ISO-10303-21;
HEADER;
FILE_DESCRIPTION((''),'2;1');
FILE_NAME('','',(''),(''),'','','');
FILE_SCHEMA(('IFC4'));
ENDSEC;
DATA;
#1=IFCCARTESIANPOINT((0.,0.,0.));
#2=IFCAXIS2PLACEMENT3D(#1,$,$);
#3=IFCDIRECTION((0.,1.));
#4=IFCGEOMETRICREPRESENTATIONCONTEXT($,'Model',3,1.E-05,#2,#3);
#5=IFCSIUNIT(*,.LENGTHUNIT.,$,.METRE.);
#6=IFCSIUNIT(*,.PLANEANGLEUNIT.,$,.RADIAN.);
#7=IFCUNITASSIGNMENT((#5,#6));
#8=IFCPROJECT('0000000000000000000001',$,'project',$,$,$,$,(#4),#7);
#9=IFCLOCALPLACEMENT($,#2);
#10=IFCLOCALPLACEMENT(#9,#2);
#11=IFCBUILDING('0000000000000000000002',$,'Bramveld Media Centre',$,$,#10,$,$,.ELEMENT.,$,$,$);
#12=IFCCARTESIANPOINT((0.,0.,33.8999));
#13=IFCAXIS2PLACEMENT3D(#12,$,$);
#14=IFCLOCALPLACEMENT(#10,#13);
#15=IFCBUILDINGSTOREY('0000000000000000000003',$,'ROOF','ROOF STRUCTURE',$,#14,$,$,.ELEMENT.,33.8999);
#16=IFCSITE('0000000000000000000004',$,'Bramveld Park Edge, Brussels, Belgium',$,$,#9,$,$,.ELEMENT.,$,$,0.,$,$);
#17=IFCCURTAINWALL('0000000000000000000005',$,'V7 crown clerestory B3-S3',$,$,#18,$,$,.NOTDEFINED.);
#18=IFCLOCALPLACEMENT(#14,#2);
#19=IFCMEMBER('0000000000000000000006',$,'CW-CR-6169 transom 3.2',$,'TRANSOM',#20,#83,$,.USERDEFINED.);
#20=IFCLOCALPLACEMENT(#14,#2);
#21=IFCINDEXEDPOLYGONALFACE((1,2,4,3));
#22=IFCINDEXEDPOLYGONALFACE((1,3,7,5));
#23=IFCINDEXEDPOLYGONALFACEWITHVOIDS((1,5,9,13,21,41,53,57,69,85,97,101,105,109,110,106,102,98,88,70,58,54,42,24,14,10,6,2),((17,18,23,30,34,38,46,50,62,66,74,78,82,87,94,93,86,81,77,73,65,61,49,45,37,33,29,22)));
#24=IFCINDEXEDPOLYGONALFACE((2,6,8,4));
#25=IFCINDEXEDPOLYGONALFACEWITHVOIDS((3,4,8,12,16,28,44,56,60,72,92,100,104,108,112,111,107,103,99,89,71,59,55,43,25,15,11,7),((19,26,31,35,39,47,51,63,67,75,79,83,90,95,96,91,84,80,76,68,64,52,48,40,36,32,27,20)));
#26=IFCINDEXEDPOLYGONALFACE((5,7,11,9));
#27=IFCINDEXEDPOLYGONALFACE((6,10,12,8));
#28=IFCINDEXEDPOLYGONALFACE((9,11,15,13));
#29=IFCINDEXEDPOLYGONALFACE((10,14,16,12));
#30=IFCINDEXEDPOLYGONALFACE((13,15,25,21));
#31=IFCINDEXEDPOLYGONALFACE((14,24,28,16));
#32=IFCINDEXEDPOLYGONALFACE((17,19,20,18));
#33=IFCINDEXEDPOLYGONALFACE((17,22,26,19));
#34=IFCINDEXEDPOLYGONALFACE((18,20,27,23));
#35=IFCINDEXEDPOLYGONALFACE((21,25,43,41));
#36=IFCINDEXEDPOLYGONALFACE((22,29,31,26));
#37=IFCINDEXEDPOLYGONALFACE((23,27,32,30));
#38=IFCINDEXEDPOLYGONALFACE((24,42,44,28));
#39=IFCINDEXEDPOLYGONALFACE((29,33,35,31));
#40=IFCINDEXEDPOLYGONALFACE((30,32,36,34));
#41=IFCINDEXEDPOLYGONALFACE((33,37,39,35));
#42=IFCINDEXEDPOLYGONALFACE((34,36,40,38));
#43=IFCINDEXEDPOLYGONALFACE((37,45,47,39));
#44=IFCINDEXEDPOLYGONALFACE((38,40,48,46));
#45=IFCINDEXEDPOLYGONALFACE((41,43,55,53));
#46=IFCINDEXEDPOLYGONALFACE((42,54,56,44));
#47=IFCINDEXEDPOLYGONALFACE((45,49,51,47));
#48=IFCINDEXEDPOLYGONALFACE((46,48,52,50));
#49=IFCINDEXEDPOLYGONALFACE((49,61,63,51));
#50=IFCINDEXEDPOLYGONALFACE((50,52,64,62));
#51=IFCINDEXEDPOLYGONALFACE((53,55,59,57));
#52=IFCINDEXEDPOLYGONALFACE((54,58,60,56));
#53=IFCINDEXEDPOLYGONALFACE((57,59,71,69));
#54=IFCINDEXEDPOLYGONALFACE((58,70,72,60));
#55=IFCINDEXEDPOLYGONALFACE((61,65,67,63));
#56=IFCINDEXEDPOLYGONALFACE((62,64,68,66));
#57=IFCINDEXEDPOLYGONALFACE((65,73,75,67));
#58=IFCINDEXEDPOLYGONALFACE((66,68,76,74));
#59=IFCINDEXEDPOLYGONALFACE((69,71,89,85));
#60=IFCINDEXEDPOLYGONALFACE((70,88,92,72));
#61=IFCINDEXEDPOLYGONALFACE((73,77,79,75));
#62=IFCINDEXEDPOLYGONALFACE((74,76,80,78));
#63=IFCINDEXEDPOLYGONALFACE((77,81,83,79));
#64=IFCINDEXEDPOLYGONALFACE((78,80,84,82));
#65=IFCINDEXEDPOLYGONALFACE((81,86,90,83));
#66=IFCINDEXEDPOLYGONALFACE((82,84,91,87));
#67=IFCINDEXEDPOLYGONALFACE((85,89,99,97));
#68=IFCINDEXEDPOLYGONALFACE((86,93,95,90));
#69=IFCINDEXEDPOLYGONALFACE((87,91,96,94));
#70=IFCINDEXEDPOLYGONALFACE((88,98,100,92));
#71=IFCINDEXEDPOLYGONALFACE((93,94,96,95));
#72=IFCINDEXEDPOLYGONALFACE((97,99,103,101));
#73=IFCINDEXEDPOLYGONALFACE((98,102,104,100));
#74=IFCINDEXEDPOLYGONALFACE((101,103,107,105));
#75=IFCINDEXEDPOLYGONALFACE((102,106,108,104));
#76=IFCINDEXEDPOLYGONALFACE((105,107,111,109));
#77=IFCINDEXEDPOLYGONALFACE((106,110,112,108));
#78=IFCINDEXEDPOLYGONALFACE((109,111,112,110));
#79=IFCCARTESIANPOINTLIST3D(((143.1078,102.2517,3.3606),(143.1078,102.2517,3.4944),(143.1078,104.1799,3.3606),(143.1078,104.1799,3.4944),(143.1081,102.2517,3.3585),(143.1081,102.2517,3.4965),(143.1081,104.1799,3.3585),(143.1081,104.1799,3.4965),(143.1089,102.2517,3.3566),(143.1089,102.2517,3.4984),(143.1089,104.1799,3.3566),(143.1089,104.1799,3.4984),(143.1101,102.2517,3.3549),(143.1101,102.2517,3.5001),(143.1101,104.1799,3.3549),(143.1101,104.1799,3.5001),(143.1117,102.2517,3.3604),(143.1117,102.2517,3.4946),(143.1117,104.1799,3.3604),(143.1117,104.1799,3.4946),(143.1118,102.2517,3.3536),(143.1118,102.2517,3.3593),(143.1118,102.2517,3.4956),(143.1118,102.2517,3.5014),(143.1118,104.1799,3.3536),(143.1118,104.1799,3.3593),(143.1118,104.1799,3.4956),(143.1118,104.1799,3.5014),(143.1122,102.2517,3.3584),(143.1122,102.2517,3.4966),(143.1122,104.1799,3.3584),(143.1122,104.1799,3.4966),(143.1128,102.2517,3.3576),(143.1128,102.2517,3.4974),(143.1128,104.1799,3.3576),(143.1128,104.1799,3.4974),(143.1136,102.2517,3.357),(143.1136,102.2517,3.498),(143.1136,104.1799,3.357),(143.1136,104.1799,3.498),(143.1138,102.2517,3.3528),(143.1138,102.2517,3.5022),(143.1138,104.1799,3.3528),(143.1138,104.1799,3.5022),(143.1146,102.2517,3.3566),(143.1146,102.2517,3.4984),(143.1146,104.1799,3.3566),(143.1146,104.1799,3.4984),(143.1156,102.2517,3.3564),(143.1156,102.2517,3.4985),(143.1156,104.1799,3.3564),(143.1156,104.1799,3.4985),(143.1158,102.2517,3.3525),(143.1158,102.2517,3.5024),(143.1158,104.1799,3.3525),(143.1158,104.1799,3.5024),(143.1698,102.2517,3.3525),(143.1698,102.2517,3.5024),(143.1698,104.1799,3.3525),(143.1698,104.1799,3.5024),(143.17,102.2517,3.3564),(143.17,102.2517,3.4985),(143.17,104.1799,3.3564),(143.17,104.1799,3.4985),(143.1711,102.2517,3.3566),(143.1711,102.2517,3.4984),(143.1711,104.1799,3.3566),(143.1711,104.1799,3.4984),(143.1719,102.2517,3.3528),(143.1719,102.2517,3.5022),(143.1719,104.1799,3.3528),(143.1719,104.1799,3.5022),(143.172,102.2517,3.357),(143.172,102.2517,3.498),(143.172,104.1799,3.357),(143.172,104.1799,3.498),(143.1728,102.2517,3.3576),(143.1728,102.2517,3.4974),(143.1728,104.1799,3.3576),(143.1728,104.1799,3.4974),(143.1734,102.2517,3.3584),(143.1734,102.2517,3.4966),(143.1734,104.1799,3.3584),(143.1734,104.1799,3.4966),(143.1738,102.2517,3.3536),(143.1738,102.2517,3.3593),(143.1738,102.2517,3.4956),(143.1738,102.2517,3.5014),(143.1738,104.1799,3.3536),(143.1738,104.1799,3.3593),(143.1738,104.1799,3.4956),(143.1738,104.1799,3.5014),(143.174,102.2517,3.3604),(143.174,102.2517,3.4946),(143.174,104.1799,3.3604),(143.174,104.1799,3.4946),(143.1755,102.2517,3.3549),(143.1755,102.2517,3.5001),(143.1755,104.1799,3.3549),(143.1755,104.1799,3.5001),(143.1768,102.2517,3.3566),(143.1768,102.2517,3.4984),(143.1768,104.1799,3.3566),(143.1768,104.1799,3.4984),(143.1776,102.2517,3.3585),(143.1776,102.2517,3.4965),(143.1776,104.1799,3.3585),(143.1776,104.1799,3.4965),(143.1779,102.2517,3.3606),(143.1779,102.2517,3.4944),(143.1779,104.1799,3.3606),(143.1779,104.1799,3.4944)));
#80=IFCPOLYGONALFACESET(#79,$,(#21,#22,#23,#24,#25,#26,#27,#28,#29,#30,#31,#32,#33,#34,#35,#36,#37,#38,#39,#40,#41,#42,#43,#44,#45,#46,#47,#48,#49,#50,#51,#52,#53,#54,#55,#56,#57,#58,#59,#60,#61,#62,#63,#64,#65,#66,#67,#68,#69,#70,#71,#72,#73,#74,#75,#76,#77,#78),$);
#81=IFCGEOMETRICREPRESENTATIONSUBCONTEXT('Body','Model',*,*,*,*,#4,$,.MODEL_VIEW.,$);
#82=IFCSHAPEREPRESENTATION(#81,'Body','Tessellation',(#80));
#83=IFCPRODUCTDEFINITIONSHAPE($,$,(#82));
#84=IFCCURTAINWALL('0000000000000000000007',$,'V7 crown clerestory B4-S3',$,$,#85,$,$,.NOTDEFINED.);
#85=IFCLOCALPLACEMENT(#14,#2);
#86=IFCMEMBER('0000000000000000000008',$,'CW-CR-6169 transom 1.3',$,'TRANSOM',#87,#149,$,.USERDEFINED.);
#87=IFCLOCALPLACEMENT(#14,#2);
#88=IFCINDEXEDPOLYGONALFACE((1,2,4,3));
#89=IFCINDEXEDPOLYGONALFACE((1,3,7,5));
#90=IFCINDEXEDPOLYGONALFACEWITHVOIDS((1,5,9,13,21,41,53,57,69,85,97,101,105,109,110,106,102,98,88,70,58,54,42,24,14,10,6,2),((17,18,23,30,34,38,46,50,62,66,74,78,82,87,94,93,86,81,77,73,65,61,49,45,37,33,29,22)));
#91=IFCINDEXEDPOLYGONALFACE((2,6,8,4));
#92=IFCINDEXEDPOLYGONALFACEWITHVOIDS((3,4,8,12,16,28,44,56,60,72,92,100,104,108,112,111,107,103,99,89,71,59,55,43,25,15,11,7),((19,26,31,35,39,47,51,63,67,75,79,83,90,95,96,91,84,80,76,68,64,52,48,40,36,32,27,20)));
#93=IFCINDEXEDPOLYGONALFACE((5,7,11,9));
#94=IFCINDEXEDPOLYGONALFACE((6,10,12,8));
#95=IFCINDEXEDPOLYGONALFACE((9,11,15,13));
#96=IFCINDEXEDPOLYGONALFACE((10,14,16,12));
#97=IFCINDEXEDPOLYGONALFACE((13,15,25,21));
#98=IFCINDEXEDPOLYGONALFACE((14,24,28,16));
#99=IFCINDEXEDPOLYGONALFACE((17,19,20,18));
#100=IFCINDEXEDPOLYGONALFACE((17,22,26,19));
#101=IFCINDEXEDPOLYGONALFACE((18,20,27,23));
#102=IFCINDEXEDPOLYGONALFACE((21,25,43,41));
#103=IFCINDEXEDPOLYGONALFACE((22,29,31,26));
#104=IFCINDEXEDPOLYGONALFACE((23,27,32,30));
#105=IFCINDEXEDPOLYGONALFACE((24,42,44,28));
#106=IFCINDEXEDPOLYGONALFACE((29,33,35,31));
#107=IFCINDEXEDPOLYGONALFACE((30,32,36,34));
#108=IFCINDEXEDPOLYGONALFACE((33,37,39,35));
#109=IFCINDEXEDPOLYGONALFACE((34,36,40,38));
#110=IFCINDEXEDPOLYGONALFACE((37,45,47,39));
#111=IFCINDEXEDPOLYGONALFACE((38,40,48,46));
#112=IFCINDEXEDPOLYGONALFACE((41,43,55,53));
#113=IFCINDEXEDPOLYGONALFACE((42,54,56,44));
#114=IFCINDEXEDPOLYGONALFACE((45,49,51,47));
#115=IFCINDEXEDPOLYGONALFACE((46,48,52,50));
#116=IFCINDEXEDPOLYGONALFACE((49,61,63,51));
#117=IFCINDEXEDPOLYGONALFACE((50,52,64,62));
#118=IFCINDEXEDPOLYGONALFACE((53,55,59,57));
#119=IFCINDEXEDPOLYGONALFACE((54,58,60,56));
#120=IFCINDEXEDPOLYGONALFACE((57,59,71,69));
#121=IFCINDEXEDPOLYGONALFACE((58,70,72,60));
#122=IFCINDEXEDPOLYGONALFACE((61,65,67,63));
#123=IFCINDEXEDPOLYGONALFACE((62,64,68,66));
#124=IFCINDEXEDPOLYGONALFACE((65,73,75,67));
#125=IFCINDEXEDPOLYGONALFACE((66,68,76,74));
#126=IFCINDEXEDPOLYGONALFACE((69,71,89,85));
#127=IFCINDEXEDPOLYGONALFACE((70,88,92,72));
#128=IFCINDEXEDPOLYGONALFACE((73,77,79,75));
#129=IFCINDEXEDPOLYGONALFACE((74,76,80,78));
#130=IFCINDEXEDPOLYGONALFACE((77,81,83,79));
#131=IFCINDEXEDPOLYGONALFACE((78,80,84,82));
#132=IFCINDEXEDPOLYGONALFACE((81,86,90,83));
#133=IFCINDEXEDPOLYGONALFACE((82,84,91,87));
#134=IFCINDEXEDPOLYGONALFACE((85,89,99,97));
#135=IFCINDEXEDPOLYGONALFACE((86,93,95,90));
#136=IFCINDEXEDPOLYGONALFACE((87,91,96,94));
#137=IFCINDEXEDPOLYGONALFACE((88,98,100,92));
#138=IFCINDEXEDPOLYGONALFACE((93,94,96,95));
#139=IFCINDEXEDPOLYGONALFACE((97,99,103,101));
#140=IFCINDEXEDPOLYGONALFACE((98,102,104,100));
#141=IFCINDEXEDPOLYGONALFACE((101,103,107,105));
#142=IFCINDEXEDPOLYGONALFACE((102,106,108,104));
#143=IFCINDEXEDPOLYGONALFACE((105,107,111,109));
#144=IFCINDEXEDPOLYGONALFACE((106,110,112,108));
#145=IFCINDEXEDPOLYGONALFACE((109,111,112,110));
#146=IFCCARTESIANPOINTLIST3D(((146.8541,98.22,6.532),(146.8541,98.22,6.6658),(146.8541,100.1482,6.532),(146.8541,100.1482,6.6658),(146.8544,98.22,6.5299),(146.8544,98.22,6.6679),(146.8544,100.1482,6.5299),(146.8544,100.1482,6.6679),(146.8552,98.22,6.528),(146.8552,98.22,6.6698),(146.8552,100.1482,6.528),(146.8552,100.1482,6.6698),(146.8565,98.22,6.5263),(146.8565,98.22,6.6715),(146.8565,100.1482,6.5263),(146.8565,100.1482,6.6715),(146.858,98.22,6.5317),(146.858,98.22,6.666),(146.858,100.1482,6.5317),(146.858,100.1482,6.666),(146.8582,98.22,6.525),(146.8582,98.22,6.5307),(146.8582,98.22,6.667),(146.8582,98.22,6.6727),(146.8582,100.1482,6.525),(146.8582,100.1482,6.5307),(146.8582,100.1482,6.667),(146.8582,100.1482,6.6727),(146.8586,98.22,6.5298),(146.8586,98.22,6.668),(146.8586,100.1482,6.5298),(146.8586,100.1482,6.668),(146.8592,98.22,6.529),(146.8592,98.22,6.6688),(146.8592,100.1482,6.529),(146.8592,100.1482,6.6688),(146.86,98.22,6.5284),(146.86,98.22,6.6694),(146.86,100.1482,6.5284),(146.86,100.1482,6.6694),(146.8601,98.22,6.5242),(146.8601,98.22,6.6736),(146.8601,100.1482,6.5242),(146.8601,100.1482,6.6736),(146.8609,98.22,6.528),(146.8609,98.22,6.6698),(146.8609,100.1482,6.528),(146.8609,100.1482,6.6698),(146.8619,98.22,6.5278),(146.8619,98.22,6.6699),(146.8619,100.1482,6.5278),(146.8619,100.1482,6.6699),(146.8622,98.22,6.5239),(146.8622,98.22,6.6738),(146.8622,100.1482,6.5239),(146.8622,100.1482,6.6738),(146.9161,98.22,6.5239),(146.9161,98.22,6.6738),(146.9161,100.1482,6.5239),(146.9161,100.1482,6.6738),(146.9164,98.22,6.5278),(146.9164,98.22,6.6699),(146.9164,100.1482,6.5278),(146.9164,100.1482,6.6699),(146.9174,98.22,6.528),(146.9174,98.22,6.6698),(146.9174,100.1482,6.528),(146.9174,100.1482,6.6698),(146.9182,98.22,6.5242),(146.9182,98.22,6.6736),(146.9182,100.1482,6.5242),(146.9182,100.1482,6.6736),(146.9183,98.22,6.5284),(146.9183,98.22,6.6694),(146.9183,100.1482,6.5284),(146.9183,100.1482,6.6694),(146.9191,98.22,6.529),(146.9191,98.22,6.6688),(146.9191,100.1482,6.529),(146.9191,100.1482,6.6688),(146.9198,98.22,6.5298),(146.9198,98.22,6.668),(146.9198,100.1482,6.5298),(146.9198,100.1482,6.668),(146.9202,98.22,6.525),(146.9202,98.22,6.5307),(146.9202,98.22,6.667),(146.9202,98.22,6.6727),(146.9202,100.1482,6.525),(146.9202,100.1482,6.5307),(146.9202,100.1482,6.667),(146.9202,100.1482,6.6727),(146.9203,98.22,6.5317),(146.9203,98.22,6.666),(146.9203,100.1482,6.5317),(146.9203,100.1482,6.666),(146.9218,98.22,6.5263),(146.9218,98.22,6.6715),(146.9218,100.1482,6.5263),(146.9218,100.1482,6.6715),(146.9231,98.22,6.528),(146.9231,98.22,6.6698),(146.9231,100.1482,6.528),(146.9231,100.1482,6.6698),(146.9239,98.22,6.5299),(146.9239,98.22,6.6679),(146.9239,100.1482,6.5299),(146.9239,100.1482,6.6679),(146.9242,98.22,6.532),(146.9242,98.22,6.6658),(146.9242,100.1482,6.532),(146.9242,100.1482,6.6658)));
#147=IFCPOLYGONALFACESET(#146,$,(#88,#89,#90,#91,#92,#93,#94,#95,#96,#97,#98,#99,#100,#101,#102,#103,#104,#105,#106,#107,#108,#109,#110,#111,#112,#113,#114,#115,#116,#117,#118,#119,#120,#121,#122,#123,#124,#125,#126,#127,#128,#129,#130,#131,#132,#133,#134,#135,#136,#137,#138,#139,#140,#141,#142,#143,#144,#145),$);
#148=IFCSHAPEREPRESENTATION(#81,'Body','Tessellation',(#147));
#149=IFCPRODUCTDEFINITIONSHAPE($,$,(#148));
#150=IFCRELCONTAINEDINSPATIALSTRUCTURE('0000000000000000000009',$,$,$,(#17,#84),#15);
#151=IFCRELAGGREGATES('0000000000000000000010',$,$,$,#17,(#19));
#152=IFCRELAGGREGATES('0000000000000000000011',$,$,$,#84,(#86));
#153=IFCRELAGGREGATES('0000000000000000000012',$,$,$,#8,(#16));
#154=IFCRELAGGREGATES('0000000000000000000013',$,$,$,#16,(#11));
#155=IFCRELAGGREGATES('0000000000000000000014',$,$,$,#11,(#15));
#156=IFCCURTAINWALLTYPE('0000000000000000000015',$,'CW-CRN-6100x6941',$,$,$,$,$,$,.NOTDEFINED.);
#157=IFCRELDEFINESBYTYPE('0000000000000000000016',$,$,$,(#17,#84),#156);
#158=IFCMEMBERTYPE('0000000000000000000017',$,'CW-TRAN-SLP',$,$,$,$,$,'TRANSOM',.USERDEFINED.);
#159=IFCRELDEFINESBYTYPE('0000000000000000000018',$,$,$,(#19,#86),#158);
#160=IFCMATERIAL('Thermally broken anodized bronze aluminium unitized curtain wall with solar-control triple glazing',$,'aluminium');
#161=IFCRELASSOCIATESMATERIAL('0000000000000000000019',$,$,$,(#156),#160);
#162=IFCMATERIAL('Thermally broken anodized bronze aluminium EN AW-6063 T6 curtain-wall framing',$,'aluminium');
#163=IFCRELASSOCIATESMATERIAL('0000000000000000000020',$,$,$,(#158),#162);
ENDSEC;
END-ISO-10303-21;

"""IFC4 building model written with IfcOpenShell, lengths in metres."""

from ifc_helpers import new_model, si_unit, direction, frame, origin, origin_2d, place, context, subcontext, project, spatial, hollow_rectangle, extrude, material, material_profile, profile_set, type_object, element, aggregate, save


model = new_model("IFC4")

# Units and contexts
model_context = context("Model", 3, precision=1e-05, world=origin(), true_north=direction((0.0, 1.0)))
body_context = subcontext(model_context, "Body", "Model", "MODEL_VIEW")
ifc_project = project(units=[si_unit("LENGTHUNIT", "METRE"), si_unit("PLANEANGLEUNIT", "RADIAN")], contexts=[model_context])

# Site, building, storey
site_placement = place(None, origin())
site = spatial("IfcSite", under=ifc_project, at=site_placement, Name="Bramveld Park Edge, Brussels, Belgium", CompositionType="ELEMENT", RefElevation=0.0)
building_placement = place(site_placement, origin())
building = spatial("IfcBuilding", under=site, at=building_placement, Name="Bramveld Media Centre", CompositionType="ELEMENT")
storey_placement = place(building_placement, frame((0.0, 0.0, 33.8999)))
storey = spatial("IfcBuildingStorey", under=building, at=storey_placement, Name="ROOF", Description="ROOF STRUCTURE", CompositionType="ELEMENT", Elevation=33.8999)

# Curtain walls, members
ifc_material_1 = material(Name="Thermally broken anodized bronze aluminium unitized curtain wall with solar-control triple glazing", Category="aluminium")
curtain_wall_type = type_object("IfcCurtainWallType", Name="CW-CRN-6100x6941", PredefinedType="NOTDEFINED", material=ifc_material_1)
curtain_wall_1_placement = place(storey_placement, origin())
curtain_wall_1 = element("IfcCurtainWall", 1, at=curtain_wall_1_placement, inside=storey, type_object=curtain_wall_type, Name="V7 crown clerestory B3-S3", PredefinedType="NOTDEFINED")
ifc_material_2 = material(Name="Thermally broken anodized bronze aluminium EN AW-6063 T6 curtain-wall framing", Category="aluminium")
ifc_material_profile_1 = material_profile(ifc_material_2, hollow_rectangle(XDim=0.0701, YDim=0.1499, WallThickness=0.0039, InnerFilletRadius=0.0039, OuterFilletRadius=0.0081, at=origin_2d()), Name="AL-TRAN 70x150")
ifc_profile_set_1 = profile_set([ifc_material_profile_1], Name="Thermally broken anodized bronze aluminium EN AW-6063 T6 curtain-wall framing")
member_type_1 = type_object("IfcMemberType", Name="CW-TRAN-SLP", ElementType="TRANSOM", PredefinedType="USERDEFINED", material=ifc_profile_set_1)
member_1_placement = place(storey_placement, frame((143.1428, 102.2517, 3.4275), z_axis=(0.0, 1.0, 0.0), x_axis=(-1.0, 0.0, 0.0)))
member_1 = element("IfcMember", 2, at=member_1_placement, type_object=member_type_1, Name="CW-CR-6169 transom 3.2", ObjectType="TRANSOM", PredefinedType="USERDEFINED", context=body_context, shape_type="SweptSolid", body=[
    extrude(hollow_rectangle(XDim=0.0701, YDim=0.1499, WallThickness=0.0039, InnerFilletRadius=0.0039, OuterFilletRadius=0.0081, at=origin_2d()), origin(), (0.0, 0.0, 1.0), 1.9282),
])
curtain_wall_2_placement = place(storey_placement, origin())
curtain_wall_2 = element("IfcCurtainWall", 3, at=curtain_wall_2_placement, inside=storey, type_object=curtain_wall_type, Name="V7 crown clerestory B4-S3", PredefinedType="NOTDEFINED")
member_2_placement = place(storey_placement, frame((146.8892, 98.22, 6.5989), z_axis=(0.0, 1.0, 0.0), x_axis=(-1.0, 0.0, 0.0)))
member_2 = element("IfcMember", 4, at=member_2_placement, type_object=member_type_1, Name="CW-CR-6169 transom 1.3", ObjectType="TRANSOM", PredefinedType="USERDEFINED", context=body_context, shape_type="SweptSolid", body=[
    extrude(hollow_rectangle(XDim=0.0701, YDim=0.1499, WallThickness=0.0039, InnerFilletRadius=0.0039, OuterFilletRadius=0.0081, at=origin_2d()), origin(), (0.0, 0.0, 1.0), 1.9282),
])

aggregate(curtain_wall_1, [member_1])
aggregate(curtain_wall_2, [member_2])

save(model, "model.ifc")
